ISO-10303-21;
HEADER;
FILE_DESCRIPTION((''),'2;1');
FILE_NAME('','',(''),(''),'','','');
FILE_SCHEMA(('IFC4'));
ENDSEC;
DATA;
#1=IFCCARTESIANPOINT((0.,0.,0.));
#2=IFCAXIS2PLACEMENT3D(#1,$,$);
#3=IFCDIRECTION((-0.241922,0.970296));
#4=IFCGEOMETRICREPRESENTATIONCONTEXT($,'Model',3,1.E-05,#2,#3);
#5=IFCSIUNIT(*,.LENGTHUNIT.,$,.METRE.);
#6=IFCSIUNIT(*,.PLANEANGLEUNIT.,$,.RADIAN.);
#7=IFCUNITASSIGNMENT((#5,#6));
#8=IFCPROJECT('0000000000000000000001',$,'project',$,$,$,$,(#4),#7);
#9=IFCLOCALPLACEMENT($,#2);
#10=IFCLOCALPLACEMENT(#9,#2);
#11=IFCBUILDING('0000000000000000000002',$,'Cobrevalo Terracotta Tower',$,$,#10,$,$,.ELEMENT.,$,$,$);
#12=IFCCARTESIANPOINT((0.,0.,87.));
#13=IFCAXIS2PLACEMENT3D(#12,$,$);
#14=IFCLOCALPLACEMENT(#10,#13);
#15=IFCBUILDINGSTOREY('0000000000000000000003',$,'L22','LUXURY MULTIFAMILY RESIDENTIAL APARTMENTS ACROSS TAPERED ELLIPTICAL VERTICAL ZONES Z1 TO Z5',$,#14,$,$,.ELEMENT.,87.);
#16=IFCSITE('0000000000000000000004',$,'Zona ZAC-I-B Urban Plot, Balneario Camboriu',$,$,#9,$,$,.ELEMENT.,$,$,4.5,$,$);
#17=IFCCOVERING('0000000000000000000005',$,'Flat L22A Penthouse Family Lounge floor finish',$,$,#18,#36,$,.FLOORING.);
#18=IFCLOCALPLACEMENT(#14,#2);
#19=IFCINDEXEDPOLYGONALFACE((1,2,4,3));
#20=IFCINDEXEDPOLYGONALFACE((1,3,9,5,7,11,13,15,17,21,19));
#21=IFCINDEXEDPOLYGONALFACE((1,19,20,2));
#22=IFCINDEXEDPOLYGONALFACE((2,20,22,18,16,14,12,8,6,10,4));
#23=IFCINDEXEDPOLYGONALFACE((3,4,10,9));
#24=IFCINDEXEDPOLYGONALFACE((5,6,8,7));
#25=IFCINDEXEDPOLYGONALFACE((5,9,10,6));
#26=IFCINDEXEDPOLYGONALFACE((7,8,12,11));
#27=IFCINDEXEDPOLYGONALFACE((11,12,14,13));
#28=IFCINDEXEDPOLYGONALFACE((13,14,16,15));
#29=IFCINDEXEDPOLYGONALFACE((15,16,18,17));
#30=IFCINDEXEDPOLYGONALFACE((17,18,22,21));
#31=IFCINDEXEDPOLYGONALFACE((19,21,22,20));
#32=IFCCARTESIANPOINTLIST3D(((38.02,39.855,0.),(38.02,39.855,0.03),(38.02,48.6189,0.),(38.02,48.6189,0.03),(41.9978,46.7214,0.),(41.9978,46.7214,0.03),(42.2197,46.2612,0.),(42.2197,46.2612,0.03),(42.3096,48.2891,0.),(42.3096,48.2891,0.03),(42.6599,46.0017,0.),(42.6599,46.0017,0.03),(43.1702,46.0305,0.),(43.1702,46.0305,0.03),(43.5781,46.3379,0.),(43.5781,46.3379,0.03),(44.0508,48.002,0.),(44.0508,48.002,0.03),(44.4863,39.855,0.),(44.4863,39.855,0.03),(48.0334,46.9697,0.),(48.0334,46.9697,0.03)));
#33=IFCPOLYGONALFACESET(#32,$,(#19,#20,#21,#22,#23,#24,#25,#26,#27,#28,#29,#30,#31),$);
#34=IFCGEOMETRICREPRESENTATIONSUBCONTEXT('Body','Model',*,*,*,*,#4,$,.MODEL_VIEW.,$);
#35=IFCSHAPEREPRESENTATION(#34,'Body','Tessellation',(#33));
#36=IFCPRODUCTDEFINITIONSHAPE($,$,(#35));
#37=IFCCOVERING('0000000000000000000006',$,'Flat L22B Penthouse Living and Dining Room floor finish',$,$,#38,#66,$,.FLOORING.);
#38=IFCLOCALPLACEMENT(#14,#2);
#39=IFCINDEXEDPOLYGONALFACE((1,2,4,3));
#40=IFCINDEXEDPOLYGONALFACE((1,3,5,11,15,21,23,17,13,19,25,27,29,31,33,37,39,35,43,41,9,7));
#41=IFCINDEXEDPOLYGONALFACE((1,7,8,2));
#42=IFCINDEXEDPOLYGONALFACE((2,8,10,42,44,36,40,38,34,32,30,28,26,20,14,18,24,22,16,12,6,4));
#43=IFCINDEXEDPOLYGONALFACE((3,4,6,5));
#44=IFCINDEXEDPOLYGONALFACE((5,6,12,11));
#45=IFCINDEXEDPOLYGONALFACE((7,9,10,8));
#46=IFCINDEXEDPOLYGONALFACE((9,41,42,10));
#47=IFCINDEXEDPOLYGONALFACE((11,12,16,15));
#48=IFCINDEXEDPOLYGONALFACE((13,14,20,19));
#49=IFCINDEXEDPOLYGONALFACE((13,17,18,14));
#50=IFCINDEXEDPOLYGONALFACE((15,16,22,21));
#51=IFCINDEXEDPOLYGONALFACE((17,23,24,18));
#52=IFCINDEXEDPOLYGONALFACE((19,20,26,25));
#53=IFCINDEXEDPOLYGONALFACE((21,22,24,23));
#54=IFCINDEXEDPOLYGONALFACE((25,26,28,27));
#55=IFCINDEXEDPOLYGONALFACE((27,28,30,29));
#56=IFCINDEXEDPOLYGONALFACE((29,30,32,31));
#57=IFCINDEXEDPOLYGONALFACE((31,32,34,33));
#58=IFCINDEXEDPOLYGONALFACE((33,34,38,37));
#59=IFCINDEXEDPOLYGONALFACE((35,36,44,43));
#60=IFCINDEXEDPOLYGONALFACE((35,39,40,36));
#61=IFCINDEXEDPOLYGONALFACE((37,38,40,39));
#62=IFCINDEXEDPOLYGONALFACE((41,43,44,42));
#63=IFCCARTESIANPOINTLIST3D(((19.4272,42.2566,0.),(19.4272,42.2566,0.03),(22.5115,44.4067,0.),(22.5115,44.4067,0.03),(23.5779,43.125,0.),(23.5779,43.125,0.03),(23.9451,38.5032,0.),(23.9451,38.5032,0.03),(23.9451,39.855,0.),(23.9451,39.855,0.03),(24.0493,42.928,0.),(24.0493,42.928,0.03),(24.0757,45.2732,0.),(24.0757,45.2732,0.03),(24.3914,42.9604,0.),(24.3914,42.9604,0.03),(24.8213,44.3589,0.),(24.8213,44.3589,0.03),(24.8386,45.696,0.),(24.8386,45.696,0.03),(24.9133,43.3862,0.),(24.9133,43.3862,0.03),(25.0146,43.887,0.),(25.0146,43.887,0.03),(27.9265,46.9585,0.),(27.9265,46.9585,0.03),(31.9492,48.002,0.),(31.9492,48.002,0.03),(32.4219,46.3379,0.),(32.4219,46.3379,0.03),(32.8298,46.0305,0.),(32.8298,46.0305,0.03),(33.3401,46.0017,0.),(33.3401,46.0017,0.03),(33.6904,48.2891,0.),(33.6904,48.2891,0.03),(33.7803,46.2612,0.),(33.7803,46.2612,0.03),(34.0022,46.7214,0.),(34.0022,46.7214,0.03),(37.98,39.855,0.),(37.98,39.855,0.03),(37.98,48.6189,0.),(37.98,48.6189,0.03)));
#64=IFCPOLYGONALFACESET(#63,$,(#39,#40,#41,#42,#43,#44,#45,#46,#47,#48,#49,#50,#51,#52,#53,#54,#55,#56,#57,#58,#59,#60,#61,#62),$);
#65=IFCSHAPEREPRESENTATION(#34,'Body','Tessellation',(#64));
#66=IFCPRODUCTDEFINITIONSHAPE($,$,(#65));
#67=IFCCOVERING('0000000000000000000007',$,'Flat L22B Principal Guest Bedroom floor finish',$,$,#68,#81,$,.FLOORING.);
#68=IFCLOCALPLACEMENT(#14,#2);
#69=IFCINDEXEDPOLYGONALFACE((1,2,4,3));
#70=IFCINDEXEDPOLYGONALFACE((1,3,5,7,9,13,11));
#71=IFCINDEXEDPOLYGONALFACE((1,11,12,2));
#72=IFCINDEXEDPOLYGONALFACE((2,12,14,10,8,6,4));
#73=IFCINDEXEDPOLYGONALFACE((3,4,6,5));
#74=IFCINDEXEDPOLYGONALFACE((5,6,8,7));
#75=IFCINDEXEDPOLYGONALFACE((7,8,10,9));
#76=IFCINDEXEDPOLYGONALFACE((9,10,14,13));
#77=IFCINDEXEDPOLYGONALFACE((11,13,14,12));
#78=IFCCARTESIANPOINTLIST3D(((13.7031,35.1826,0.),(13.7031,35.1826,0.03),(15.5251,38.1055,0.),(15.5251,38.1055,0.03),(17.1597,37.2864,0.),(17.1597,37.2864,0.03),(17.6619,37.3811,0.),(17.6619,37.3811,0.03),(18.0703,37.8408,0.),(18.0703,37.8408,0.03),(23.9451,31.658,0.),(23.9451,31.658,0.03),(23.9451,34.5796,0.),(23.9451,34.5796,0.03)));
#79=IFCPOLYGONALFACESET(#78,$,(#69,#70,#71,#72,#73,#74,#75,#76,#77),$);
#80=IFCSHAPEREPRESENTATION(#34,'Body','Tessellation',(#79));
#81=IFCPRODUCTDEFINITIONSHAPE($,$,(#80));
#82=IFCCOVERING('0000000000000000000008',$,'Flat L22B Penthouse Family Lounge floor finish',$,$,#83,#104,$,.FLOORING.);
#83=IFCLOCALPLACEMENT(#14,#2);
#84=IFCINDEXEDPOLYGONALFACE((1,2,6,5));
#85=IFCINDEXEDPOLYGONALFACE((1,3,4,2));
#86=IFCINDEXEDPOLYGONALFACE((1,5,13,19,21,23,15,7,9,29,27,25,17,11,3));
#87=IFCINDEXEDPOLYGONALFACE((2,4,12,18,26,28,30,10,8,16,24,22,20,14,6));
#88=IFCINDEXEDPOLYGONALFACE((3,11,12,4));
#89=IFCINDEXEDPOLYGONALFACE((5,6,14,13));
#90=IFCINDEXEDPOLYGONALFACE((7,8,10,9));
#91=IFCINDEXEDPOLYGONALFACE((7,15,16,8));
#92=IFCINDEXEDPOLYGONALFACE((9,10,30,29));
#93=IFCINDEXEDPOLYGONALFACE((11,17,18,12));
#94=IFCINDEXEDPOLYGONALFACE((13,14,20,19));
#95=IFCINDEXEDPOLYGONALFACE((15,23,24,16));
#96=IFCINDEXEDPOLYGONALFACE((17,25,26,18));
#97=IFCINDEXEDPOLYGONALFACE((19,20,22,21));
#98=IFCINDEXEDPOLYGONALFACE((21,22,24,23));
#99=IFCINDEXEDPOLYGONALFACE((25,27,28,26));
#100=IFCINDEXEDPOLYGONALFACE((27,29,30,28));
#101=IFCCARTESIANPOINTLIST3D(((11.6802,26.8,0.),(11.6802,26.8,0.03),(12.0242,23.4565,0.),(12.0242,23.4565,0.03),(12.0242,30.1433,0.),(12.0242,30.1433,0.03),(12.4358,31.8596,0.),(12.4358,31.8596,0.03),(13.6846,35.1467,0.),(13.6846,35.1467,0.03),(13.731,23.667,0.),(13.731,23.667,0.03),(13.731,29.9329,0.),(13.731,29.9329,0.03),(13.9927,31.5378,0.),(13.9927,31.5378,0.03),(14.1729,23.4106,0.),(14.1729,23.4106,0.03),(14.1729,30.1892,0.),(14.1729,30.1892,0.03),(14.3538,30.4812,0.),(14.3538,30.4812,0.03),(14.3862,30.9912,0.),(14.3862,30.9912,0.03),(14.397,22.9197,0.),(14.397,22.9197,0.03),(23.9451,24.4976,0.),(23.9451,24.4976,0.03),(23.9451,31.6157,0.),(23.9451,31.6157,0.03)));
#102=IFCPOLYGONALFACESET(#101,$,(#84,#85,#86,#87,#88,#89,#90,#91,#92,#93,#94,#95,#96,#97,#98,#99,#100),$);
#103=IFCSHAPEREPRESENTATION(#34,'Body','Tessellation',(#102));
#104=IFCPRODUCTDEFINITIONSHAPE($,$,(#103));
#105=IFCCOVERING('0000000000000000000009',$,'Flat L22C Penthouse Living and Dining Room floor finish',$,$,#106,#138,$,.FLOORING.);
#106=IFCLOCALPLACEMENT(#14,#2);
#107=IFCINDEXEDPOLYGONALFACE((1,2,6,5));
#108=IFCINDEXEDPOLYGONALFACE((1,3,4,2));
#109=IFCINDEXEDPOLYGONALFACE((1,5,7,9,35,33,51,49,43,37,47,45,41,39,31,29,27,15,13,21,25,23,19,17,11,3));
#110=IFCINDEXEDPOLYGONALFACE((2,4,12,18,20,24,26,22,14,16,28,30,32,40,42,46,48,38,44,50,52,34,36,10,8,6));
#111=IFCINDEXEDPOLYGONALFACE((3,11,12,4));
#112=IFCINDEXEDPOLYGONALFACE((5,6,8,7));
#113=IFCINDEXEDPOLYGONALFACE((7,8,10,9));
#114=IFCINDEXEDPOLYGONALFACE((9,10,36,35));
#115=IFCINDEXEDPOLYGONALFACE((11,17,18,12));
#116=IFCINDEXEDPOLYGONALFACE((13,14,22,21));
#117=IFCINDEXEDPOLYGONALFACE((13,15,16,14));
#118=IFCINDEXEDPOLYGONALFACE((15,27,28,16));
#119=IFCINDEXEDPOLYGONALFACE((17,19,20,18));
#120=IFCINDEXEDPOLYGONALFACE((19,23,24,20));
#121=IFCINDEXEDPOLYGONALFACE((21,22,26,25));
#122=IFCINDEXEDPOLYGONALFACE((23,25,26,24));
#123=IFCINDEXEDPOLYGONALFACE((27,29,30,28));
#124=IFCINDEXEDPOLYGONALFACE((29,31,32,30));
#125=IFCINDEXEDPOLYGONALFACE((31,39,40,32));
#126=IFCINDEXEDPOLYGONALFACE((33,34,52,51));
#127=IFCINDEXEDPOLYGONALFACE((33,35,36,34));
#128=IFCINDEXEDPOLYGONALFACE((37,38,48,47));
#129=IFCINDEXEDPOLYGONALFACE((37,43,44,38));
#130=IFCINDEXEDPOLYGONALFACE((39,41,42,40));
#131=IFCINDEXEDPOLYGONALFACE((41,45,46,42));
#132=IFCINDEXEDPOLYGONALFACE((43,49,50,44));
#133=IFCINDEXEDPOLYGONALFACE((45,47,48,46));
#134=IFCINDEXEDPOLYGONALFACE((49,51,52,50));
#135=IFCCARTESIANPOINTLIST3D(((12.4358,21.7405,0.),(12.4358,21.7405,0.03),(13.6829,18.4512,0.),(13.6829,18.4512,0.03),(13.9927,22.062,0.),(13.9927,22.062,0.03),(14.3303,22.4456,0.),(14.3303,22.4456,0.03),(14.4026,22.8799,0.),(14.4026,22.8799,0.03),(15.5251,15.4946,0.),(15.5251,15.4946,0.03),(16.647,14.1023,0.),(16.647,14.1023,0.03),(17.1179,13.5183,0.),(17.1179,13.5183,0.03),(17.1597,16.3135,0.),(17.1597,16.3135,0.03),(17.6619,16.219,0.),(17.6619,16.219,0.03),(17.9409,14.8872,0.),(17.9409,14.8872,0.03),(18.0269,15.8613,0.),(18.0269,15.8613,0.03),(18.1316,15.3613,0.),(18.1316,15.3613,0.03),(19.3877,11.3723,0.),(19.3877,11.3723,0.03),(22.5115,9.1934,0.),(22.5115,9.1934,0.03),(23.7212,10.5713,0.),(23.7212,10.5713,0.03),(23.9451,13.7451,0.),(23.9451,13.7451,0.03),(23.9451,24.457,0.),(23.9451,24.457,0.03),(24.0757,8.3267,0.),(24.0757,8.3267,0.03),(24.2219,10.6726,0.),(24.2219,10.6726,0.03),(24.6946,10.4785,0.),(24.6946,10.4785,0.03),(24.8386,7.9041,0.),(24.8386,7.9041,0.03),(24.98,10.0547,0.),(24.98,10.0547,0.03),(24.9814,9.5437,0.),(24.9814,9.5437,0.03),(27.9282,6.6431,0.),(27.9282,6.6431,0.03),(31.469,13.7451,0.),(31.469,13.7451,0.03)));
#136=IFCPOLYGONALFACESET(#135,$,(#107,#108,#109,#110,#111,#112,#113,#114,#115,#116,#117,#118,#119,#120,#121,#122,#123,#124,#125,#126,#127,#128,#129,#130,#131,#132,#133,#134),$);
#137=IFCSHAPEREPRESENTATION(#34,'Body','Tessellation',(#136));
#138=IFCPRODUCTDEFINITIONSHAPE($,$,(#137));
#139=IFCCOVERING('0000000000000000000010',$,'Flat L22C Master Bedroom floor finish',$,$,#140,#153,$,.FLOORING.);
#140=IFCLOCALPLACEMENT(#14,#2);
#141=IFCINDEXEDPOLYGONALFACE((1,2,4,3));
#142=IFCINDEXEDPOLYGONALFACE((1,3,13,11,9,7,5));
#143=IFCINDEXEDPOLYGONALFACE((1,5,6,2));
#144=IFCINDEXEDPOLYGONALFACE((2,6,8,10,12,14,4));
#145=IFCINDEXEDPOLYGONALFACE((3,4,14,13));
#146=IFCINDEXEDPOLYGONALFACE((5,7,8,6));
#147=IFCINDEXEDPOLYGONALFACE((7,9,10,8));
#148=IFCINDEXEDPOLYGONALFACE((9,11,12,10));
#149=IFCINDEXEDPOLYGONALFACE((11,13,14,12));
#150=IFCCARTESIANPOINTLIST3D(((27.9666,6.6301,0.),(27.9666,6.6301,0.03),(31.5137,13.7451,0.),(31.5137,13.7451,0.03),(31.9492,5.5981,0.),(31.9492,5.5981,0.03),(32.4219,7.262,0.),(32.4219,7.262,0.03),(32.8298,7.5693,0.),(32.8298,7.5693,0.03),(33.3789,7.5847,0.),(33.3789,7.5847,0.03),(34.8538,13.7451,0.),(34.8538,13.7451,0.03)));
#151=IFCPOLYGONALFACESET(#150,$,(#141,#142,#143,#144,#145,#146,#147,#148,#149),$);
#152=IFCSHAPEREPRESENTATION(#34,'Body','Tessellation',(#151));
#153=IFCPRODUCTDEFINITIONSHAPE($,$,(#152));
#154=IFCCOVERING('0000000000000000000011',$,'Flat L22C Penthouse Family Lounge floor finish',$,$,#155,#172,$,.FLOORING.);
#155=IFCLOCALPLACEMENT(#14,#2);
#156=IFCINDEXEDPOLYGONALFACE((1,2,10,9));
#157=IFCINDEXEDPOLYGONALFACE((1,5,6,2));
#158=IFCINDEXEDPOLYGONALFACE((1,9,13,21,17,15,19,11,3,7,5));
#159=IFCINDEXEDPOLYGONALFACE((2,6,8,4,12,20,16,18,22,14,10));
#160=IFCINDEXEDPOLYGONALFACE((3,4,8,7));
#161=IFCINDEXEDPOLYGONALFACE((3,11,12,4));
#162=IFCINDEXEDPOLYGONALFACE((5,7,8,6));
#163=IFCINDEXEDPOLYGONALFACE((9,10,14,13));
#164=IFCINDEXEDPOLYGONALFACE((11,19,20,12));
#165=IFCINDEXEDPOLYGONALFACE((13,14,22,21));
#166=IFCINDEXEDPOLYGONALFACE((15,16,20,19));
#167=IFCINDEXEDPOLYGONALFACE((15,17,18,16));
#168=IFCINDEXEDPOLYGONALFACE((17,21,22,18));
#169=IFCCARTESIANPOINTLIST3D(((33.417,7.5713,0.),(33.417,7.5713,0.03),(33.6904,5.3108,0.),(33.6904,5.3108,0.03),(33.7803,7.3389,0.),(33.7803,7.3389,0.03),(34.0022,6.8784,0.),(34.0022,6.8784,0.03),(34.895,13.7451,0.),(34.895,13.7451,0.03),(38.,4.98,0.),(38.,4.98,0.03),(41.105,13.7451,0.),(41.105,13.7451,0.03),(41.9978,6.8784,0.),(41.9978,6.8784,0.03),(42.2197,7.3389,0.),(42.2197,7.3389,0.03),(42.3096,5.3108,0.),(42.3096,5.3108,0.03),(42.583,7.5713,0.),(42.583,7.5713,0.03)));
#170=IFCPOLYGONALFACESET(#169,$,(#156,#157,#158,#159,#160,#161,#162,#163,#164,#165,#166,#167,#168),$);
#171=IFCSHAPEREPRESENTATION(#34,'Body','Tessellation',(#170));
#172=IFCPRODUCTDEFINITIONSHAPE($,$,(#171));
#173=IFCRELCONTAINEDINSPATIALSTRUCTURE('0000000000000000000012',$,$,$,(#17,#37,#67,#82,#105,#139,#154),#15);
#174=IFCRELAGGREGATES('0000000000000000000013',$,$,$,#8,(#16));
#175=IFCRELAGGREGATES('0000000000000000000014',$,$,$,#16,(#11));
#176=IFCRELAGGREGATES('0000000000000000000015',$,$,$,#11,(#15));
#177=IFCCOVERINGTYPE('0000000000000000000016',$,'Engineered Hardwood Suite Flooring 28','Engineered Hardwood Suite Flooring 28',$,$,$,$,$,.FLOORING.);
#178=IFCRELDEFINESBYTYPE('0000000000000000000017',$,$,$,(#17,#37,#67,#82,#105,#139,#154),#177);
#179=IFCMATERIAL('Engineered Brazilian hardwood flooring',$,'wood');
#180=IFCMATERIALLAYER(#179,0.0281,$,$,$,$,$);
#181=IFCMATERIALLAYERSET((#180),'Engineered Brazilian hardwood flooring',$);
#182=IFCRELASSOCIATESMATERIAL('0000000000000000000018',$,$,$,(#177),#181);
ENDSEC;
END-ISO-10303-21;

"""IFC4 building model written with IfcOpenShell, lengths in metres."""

from ifc_helpers import new_model, si_unit, direction, frame, origin, place, context, subcontext, project, spatial, polyline, outline, extrude, material, layer, layer_set, type_object, element, save


model = new_model("IFC4")

# Units and contexts
model_context = context("Model", 3, precision=1e-05, world=origin(), true_north=direction((-0.241922, 0.970296)))
body_context = subcontext(model_context, "Body", "Model", "MODEL_VIEW")
ifc_project = project(units=[si_unit("LENGTHUNIT", "METRE"), si_unit("PLANEANGLEUNIT", "RADIAN")], contexts=[model_context])

# Site, building, storey
site_placement = place(None, origin())
site = spatial("IfcSite", under=ifc_project, at=site_placement, Name="Zona ZAC-I-B Urban Plot, Balneario Camboriu", CompositionType="ELEMENT", RefElevation=4.5)
building_placement = place(site_placement, origin())
building = spatial("IfcBuilding", under=site, at=building_placement, Name="Cobrevalo Terracotta Tower", CompositionType="ELEMENT")
storey_placement = place(building_placement, frame((0.0, 0.0, 87.0)))
storey = spatial("IfcBuildingStorey", under=building, at=storey_placement, Name="L22", Description="LUXURY MULTIFAMILY RESIDENTIAL APARTMENTS ACROSS TAPERED ELLIPTICAL VERTICAL ZONES Z1 TO Z5", CompositionType="ELEMENT", Elevation=87.0)

# Coverings
ifc_material_1 = material(Name="Engineered Brazilian hardwood flooring", Category="wood")
ifc_layer_1 = layer(ifc_material_1, 0.0281)
ifc_layer_set_1 = layer_set([ifc_layer_1], Name="Engineered Brazilian hardwood flooring")
covering_type_1 = type_object("IfcCoveringType", Name="Engineered Hardwood Suite Flooring 28", Description="Engineered Hardwood Suite Flooring 28", PredefinedType="FLOORING", material=ifc_layer_set_1)
covering_1_placement = place(storey_placement, origin())
element("IfcCovering", 1, at=covering_1_placement, inside=storey, type_object=covering_type_1, Name="Flat L22A Penthouse Family Lounge floor finish", PredefinedType="FLOORING", context=body_context, shape_type="SweptSolid", body=[
    extrude(outline(polyline([(44.4863, 39.855), (38.02, 39.855), (38.02, 48.6189), (42.3096, 48.2891), (41.9978, 46.7214), (42.2197, 46.2612), (42.6599, 46.0017), (43.1702, 46.0305), (43.5781, 46.3379), (44.0508, 48.002), (48.0334, 46.9697), (44.4863, 39.855)])), origin(), (0.0, 0.0, 1.0), 0.03),
])
covering_2_placement = place(storey_placement, origin())
element("IfcCovering", 2, at=covering_2_placement, inside=storey, type_object=covering_type_1, Name="Flat L22B Penthouse Living and Dining Room floor finish", PredefinedType="FLOORING", context=body_context, shape_type="SweptSolid", body=[
    extrude(outline(polyline([(22.5115, 44.4067), (23.5779, 43.125), (24.0493, 42.928), (24.3914, 42.9604), (24.9133, 43.3862), (25.0146, 43.887), (24.8213, 44.3589), (24.0757, 45.2732), (24.8386, 45.696), (27.9265, 46.9585), (31.9492, 48.002), (32.4219, 46.3379), (32.8298, 46.0305), (33.3401, 46.0017), (33.7803, 46.2612), (34.0022, 46.7214), (33.6904, 48.2891), (37.98, 48.6189), (37.98, 39.855), (23.9451, 39.855), (23.9451, 38.5032), (19.4272, 42.2566), (22.5115, 44.4067)])), origin(), (0.0, 0.0, 1.0), 0.03),
])
covering_3_placement = place(storey_placement, origin())
element("IfcCovering", 3, at=covering_3_placement, inside=storey, type_object=covering_type_1, Name="Flat L22B Principal Guest Bedroom floor finish", PredefinedType="FLOORING", context=body_context, shape_type="SweptSolid", body=[
    extrude(outline(polyline([(15.5251, 38.1055), (17.1597, 37.2864), (17.6619, 37.3811), (18.0703, 37.8408), (23.9451, 34.5796), (23.9451, 31.658), (13.7031, 35.1826), (15.5251, 38.1055)])), origin(), (0.0, 0.0, 1.0), 0.03),
])
covering_4_placement = place(storey_placement, origin())
element("IfcCovering", 4, at=covering_4_placement, inside=storey, type_object=covering_type_1, Name="Flat L22B Penthouse Family Lounge floor finish", PredefinedType="FLOORING", context=body_context, shape_type="SweptSolid", body=[
    extrude(outline(polyline([(12.0242, 30.1433), (13.731, 29.9329), (14.1729, 30.1892), (14.3538, 30.4812), (14.3862, 30.9912), (13.9927, 31.5378), (12.4358, 31.8596), (13.6846, 35.1467), (23.9451, 31.6157), (23.9451, 24.4976), (14.397, 22.9197), (14.1729, 23.4106), (13.731, 23.667), (12.0242, 23.4565), (11.6802, 26.8), (12.0242, 30.1433)])), origin(), (0.0, 0.0, 1.0), 0.03),
])
covering_5_placement = place(storey_placement, origin())
element("IfcCovering", 5, at=covering_5_placement, inside=storey, type_object=covering_type_1, Name="Flat L22C Penthouse Living and Dining Room floor finish", PredefinedType="FLOORING", context=body_context, shape_type="SweptSolid", body=[
    extrude(outline(polyline([(24.8386, 7.9041), (24.0757, 8.3267), (24.9814, 9.5437), (24.98, 10.0547), (24.6946, 10.4785), (24.2219, 10.6726), (23.7212, 10.5713), (22.5115, 9.1934), (19.3877, 11.3723), (17.1179, 13.5183), (16.647, 14.1023), (17.9409, 14.8872), (18.1316, 15.3613), (18.0269, 15.8613), (17.6619, 16.219), (17.1597, 16.3135), (15.5251, 15.4946), (13.6829, 18.4512), (12.4358, 21.7405), (13.9927, 22.062), (14.3303, 22.4456), (14.4026, 22.8799), (23.9451, 24.457), (23.9451, 13.7451), (31.469, 13.7451), (27.9282, 6.6431), (24.8386, 7.9041)])), origin(), (0.0, 0.0, 1.0), 0.03),
])
covering_6_placement = place(storey_placement, origin())
element("IfcCovering", 6, at=covering_6_placement, inside=storey, type_object=covering_type_1, Name="Flat L22C Master Bedroom floor finish", PredefinedType="FLOORING", context=body_context, shape_type="SweptSolid", body=[
    extrude(outline(polyline([(27.9666, 6.6301), (31.5137, 13.7451), (34.8538, 13.7451), (33.3789, 7.5847), (32.8298, 7.5693), (32.4219, 7.262), (31.9492, 5.5981), (27.9666, 6.6301)])), origin(), (0.0, 0.0, 1.0), 0.03),
])
covering_7_placement = place(storey_placement, origin())
element("IfcCovering", 7, at=covering_7_placement, inside=storey, type_object=covering_type_1, Name="Flat L22C Penthouse Family Lounge floor finish", PredefinedType="FLOORING", context=body_context, shape_type="SweptSolid", body=[
    extrude(outline(polyline([(33.6904, 5.3108), (34.0022, 6.8784), (33.7803, 7.3389), (33.417, 7.5713), (34.895, 13.7451), (41.105, 13.7451), (42.583, 7.5713), (42.2197, 7.3389), (41.9978, 6.8784), (42.3096, 5.3108), (38.0, 4.98), (33.6904, 5.3108)])), origin(), (0.0, 0.0, 1.0), 0.03),
])

save(model, "model.ifc")
